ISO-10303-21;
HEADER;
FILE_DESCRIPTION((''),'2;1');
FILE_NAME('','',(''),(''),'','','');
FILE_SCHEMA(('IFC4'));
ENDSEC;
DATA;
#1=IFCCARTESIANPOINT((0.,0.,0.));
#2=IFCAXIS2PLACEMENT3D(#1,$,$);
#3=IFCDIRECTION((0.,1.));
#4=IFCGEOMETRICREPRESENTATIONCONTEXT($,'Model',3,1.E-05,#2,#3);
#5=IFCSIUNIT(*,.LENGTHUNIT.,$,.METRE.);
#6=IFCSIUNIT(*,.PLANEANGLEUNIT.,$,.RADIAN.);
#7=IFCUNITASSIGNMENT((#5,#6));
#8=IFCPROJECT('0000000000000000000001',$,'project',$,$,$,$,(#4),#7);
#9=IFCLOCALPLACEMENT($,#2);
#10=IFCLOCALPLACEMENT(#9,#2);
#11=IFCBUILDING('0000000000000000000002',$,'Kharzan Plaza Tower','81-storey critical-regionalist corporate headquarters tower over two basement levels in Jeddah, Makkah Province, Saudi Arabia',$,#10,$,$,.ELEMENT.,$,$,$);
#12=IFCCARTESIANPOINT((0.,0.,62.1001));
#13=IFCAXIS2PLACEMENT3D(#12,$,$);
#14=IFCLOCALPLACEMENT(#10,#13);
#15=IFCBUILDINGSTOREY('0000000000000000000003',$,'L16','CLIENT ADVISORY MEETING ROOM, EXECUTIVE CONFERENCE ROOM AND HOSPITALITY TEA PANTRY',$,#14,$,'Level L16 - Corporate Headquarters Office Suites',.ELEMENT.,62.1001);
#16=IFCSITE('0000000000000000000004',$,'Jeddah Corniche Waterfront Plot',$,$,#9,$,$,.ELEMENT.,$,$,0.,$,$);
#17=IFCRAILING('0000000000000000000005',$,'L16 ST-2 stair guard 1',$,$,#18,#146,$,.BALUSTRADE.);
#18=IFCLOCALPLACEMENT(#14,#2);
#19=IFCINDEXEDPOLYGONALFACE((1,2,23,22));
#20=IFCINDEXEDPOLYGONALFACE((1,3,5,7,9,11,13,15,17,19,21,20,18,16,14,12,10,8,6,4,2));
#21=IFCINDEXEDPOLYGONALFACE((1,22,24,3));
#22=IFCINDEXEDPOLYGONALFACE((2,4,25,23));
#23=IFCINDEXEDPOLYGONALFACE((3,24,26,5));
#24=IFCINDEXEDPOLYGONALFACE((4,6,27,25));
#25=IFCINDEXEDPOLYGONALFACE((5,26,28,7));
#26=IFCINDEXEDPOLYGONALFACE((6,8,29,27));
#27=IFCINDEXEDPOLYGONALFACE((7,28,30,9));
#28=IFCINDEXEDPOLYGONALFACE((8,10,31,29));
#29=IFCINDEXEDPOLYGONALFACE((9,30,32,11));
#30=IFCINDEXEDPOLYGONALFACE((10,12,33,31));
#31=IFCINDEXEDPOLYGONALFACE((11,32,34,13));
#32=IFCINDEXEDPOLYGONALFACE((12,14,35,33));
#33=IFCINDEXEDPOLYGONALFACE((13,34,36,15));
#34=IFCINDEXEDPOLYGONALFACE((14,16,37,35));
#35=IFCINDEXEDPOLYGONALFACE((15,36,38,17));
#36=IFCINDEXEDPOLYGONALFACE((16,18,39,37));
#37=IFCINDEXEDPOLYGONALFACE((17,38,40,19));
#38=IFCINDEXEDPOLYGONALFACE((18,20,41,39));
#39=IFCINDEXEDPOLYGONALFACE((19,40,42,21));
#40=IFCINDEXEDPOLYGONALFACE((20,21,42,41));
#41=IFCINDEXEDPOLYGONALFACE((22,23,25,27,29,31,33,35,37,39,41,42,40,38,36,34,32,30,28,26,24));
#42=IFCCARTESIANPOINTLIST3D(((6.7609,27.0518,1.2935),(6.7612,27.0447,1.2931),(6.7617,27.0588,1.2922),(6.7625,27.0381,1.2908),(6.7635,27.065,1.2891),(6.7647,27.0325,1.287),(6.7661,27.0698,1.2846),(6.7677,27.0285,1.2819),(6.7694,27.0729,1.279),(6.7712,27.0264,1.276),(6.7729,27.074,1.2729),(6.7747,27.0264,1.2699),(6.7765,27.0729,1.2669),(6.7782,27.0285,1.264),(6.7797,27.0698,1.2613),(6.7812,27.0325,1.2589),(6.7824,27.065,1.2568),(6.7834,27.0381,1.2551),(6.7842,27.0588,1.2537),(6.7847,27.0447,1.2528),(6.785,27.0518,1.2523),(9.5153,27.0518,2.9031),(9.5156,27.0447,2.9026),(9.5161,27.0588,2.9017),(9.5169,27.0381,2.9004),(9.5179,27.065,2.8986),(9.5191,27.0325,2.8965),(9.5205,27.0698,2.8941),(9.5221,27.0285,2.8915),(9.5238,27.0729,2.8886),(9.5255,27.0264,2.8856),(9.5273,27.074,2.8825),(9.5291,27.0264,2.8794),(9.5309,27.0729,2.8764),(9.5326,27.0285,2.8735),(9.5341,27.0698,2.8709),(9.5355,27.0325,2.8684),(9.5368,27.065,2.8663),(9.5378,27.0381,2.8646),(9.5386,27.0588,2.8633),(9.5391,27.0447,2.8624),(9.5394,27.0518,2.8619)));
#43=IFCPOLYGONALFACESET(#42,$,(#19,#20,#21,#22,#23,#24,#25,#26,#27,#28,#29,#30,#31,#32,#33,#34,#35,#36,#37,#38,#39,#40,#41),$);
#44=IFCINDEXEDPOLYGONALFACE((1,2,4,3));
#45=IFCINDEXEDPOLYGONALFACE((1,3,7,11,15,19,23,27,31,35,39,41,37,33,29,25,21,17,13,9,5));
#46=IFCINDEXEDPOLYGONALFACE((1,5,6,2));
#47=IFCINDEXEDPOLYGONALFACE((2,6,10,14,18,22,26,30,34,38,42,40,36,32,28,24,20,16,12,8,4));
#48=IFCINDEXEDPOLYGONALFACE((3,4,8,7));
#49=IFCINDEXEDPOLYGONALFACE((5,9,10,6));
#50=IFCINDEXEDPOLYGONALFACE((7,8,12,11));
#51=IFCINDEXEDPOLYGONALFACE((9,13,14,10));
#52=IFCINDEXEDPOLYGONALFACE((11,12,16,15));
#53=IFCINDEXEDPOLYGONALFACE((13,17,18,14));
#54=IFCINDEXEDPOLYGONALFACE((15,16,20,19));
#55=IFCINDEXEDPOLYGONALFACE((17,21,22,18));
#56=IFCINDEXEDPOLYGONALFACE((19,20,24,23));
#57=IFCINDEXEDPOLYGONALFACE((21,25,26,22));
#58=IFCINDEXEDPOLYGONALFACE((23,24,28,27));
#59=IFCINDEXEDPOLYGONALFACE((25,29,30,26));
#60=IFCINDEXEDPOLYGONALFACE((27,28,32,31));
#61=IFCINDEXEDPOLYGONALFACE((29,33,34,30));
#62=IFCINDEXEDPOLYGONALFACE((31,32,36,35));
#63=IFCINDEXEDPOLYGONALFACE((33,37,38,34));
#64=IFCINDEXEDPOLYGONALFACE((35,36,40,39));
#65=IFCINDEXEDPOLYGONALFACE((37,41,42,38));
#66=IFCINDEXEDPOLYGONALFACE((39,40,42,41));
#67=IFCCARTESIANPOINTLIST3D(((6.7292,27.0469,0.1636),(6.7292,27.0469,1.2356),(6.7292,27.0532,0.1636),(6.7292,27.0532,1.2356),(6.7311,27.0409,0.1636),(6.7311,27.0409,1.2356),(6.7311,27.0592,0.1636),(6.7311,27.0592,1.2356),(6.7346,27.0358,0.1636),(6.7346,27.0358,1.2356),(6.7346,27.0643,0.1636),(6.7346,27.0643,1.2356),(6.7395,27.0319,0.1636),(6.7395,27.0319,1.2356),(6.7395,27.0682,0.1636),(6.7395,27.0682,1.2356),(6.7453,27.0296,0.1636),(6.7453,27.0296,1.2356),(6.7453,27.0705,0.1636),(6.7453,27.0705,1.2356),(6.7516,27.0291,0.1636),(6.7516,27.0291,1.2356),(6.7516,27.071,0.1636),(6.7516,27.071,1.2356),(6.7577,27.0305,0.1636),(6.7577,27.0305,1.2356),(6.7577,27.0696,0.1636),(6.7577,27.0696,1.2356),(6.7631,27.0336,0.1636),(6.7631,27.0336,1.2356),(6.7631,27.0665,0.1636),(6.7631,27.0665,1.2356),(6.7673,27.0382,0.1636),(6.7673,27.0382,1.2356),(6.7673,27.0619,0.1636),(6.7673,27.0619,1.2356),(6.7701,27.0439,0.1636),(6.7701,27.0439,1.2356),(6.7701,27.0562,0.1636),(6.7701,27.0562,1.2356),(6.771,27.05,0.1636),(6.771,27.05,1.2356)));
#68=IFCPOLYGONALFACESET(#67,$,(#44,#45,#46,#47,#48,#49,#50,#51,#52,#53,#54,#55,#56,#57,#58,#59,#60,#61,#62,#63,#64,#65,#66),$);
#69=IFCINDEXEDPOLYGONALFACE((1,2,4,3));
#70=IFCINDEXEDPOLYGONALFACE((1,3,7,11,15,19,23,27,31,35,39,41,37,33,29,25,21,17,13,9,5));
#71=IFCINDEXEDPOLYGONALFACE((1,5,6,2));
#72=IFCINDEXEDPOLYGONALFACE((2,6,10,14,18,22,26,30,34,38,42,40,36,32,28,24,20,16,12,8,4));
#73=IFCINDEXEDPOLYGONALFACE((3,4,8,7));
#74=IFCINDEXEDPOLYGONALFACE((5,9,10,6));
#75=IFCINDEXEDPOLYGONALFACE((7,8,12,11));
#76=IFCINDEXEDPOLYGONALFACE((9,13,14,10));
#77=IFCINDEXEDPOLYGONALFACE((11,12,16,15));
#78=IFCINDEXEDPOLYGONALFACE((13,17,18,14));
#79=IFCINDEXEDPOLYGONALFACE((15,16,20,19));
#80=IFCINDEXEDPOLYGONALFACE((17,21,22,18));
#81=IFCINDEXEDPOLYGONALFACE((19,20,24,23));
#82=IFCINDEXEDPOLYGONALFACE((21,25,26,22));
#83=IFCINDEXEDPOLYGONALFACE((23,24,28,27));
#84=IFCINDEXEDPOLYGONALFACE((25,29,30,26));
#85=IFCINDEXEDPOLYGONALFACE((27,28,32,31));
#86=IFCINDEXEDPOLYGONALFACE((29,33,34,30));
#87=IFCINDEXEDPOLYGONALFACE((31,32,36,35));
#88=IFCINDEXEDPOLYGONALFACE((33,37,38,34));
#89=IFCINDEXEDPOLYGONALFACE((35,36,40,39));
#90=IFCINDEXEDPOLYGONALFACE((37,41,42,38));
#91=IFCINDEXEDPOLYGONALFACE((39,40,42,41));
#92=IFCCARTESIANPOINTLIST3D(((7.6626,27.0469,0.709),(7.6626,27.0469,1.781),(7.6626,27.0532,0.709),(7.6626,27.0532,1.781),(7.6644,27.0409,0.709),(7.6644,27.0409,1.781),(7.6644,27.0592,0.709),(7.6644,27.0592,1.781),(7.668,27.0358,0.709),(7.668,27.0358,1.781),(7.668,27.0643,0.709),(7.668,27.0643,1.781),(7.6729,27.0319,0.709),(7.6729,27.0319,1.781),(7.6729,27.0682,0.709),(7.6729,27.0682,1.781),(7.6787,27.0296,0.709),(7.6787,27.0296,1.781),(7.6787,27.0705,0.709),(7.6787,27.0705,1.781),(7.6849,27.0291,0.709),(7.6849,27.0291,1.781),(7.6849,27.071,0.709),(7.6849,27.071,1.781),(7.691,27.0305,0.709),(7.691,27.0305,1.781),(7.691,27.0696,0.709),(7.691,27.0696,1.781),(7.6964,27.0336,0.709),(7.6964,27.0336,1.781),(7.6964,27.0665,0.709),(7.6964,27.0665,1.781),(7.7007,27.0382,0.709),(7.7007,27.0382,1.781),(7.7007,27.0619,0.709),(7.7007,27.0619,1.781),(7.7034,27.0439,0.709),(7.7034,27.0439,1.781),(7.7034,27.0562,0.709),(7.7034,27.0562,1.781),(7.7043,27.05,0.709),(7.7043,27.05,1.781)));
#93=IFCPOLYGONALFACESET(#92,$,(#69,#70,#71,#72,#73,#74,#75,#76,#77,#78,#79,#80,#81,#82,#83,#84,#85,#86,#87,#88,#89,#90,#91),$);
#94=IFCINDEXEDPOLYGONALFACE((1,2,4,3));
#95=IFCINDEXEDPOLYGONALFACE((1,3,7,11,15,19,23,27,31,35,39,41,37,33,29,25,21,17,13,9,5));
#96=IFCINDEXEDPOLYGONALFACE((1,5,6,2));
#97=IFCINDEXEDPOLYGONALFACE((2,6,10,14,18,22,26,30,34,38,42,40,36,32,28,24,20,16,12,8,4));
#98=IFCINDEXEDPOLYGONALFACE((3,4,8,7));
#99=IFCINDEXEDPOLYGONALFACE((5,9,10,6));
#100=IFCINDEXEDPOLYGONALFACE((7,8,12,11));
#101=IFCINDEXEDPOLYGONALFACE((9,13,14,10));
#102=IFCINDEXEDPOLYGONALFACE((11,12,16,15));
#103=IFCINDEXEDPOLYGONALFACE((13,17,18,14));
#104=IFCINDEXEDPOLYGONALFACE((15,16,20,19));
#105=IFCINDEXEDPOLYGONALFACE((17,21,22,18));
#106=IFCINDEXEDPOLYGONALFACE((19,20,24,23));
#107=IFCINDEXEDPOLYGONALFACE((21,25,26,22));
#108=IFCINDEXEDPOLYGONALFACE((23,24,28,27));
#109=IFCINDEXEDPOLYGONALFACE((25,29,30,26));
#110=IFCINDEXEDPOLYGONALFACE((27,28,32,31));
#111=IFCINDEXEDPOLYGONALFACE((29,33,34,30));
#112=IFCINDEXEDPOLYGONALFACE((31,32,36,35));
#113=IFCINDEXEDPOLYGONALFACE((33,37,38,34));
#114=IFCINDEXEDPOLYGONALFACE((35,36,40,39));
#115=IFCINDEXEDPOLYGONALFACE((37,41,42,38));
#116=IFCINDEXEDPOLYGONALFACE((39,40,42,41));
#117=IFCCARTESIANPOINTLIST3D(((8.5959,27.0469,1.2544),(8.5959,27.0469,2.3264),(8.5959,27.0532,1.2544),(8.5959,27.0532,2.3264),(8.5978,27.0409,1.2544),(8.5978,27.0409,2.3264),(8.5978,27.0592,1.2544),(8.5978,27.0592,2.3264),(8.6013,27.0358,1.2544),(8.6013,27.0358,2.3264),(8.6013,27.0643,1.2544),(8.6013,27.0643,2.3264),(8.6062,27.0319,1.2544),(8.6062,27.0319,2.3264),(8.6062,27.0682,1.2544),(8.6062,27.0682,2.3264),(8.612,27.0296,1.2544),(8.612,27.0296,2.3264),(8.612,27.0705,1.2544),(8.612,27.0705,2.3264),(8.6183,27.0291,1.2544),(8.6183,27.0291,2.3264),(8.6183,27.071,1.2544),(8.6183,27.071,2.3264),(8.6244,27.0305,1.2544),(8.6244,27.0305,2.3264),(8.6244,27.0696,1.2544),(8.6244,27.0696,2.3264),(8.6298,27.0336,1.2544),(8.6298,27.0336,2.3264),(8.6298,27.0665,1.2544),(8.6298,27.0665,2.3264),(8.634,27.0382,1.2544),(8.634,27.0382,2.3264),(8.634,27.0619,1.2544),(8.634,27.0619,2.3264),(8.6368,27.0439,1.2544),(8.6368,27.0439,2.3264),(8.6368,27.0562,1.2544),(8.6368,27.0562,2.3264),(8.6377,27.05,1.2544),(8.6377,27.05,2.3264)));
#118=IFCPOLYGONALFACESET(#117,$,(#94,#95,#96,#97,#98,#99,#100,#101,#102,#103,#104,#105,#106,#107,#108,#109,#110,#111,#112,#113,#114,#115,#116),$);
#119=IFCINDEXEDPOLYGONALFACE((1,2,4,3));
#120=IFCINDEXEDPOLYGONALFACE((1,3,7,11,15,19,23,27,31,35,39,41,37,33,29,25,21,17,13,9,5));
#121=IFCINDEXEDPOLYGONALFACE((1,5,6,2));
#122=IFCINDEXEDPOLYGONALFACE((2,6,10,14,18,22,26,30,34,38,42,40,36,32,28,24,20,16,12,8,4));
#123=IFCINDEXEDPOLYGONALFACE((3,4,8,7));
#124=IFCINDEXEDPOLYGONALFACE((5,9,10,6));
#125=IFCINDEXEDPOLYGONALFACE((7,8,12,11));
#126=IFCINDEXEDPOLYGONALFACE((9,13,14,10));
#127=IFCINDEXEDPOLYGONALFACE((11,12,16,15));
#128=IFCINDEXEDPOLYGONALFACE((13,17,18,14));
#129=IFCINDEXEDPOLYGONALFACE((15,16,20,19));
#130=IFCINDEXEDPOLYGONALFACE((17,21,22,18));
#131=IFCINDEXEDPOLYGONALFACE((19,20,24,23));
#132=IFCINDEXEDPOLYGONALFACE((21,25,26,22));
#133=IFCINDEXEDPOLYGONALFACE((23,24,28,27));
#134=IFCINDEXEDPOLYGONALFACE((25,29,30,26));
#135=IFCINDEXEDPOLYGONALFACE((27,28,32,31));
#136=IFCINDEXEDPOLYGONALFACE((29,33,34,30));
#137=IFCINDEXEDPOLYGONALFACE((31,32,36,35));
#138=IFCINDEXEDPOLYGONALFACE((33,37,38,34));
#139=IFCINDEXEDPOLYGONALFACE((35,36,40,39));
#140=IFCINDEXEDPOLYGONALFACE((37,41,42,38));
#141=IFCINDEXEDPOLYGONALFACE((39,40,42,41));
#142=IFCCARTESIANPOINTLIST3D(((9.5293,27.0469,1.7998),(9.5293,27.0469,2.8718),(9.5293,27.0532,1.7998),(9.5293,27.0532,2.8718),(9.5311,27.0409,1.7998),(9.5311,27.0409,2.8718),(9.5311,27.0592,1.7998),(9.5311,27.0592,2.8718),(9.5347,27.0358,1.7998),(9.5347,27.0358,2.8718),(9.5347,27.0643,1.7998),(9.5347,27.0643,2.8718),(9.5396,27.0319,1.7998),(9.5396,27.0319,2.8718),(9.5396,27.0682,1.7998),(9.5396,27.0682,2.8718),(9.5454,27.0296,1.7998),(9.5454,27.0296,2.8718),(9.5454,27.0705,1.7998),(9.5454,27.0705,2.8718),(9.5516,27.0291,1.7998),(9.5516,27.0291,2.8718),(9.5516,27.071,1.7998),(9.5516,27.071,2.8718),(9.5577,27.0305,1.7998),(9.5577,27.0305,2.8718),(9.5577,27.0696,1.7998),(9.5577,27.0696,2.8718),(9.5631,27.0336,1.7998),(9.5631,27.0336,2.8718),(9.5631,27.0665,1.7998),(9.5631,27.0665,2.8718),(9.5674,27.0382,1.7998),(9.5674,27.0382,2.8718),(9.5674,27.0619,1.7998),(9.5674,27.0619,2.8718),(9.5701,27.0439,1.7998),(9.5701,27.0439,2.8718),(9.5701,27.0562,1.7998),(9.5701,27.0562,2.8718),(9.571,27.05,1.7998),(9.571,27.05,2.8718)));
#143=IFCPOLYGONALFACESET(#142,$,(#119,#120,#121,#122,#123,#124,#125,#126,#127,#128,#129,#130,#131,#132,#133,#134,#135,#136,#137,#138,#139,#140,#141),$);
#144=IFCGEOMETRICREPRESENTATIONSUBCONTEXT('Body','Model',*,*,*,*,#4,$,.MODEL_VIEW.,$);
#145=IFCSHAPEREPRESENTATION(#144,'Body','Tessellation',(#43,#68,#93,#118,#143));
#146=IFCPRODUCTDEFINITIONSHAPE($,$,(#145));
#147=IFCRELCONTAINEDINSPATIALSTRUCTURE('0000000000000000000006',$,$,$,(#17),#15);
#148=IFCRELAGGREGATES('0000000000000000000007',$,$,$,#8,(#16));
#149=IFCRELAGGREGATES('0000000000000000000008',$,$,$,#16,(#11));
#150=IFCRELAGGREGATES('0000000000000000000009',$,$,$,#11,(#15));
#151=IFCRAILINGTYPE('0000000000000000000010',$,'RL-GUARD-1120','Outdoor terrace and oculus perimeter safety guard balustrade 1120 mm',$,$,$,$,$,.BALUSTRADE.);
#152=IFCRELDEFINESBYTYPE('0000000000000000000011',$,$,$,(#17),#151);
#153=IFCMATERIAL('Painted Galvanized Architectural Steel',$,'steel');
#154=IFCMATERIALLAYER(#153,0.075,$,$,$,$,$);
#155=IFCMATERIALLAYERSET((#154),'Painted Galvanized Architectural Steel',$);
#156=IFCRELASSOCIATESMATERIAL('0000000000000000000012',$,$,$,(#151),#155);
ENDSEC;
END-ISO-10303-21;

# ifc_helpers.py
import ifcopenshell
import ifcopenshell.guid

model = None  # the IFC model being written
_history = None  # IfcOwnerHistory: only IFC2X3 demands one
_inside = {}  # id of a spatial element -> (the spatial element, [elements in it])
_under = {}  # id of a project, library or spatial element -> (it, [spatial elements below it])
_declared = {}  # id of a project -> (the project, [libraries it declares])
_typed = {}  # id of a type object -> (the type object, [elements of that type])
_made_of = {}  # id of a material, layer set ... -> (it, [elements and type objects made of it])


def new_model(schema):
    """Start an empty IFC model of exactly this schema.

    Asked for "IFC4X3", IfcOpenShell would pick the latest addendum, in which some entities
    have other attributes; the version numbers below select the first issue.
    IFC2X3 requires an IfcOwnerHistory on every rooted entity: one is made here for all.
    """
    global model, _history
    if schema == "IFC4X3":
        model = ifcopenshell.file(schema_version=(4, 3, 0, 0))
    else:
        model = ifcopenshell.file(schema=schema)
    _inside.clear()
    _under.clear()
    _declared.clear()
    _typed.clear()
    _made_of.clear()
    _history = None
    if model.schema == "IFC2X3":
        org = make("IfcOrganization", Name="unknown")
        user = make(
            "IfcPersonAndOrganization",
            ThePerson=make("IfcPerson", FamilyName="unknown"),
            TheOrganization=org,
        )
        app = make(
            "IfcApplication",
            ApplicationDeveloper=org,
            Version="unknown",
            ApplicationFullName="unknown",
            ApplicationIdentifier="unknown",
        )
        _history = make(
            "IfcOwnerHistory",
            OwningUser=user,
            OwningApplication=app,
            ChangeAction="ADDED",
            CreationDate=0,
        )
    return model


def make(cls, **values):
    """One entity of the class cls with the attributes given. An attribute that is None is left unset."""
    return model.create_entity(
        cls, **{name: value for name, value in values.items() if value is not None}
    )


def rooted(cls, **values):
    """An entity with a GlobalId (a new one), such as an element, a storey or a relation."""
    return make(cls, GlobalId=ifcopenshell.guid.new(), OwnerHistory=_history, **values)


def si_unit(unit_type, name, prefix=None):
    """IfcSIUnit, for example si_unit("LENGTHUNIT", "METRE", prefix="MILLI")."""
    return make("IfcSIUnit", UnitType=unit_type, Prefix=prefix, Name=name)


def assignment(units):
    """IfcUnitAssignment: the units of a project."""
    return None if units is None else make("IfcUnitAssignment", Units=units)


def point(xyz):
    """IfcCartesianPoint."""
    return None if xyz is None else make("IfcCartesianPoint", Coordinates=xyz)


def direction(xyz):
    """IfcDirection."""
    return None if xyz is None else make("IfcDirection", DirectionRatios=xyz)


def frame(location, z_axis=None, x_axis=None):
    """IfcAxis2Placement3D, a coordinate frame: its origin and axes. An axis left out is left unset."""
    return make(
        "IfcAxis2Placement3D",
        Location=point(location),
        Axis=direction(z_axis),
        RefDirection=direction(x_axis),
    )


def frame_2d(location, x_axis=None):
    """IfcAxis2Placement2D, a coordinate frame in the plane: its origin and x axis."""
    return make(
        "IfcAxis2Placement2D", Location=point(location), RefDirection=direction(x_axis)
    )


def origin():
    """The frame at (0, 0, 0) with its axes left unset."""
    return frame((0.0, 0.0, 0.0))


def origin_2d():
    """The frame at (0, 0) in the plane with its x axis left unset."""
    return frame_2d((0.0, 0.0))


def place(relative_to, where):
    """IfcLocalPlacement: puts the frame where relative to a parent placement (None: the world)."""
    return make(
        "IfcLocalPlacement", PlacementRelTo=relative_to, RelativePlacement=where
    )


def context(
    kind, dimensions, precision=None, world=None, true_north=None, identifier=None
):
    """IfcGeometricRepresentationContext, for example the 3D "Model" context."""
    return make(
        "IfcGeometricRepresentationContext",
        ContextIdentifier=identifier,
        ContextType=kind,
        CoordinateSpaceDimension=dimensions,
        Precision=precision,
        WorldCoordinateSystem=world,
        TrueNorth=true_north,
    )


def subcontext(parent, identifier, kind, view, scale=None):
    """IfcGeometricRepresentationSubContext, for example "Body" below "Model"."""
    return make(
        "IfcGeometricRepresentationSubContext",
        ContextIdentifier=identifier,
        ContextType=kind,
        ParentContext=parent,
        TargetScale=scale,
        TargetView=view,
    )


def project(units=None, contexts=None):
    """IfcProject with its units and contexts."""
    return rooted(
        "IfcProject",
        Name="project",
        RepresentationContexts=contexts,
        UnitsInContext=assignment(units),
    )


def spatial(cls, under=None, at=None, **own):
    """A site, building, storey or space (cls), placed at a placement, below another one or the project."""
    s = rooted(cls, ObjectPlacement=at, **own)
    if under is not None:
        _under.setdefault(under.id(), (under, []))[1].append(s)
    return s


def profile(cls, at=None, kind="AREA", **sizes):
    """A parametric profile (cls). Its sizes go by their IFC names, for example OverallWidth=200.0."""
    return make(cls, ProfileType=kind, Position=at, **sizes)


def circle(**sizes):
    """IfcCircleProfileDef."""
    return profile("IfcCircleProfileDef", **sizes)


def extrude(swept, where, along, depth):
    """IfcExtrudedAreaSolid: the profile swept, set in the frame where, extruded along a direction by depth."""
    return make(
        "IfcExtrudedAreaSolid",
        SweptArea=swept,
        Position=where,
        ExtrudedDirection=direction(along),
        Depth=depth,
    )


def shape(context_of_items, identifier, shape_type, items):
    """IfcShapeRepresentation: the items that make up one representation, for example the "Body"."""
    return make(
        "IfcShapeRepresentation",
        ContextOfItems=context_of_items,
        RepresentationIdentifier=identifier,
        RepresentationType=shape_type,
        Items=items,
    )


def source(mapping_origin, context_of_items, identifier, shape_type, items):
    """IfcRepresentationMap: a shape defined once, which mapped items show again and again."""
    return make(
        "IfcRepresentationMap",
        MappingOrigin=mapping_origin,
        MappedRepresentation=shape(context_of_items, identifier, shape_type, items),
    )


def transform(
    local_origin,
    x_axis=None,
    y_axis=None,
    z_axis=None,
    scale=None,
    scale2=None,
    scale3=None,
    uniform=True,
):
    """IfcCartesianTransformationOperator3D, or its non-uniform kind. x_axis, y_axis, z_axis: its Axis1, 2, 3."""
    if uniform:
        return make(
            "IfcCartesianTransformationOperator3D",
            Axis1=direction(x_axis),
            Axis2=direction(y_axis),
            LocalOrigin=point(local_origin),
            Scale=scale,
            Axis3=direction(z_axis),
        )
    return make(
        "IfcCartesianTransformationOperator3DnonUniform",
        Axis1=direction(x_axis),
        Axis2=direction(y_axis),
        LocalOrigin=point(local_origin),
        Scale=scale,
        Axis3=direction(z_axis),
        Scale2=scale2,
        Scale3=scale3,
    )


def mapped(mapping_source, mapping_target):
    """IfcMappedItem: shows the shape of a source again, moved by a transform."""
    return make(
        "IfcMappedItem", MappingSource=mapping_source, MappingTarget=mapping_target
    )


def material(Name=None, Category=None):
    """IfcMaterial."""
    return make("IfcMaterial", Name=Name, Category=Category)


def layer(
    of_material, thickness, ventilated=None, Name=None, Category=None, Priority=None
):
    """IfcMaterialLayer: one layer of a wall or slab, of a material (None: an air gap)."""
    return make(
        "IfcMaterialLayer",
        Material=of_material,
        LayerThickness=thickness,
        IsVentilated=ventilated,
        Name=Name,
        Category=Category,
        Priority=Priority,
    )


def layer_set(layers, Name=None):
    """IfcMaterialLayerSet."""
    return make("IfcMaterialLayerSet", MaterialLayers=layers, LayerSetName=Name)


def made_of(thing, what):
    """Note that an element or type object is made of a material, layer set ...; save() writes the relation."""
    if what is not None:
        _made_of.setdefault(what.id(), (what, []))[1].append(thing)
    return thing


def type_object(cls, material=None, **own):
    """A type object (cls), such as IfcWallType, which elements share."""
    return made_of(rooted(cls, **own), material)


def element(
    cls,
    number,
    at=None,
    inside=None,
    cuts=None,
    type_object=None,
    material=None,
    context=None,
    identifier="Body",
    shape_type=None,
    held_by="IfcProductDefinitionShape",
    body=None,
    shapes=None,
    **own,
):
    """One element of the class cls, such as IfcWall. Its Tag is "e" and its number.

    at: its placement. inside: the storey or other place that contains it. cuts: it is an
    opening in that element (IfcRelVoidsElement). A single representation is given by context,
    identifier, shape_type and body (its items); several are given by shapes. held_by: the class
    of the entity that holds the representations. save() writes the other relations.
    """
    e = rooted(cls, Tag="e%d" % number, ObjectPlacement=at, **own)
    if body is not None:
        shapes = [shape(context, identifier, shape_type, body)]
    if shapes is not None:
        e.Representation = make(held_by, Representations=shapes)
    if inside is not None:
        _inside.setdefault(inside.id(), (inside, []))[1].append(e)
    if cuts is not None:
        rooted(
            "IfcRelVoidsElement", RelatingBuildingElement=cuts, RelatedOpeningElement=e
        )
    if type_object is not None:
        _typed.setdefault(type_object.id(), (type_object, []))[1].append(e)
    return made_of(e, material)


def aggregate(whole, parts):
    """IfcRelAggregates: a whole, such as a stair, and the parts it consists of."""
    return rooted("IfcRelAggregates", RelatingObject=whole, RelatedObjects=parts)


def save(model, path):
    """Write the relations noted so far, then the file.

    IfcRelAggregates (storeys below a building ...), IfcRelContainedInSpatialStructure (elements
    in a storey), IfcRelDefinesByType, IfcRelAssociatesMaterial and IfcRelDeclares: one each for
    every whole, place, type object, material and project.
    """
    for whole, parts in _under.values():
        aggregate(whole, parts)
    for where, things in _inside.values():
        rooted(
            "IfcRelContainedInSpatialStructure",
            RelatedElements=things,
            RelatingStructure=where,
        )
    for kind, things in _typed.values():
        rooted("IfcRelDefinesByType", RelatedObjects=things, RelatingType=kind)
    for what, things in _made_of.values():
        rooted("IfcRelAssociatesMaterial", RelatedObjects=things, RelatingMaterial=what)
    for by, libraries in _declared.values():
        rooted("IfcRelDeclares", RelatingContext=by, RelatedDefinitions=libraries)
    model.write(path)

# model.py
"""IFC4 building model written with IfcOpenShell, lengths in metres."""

from ifc_helpers import new_model, si_unit, direction, frame, origin, origin_2d, place, context, subcontext, project, spatial, circle, extrude, source, transform, mapped, material, layer, layer_set, type_object, element, save


model = new_model("IFC4")

# Units and contexts
model_context = context("Model", 3, precision=1e-05, world=origin(), true_north=direction((0.0, 1.0)))
body_context = subcontext(model_context, "Body", "Model", "MODEL_VIEW")
ifc_project = project(units=[si_unit("LENGTHUNIT", "METRE"), si_unit("PLANEANGLEUNIT", "RADIAN")], contexts=[model_context])

# Site, building, storey
site_placement = place(None, origin())
site = spatial("IfcSite", under=ifc_project, at=site_placement, Name="Jeddah Corniche Waterfront Plot", CompositionType="ELEMENT", RefElevation=0.0)
building_placement = place(site_placement, origin())
building = spatial("IfcBuilding", under=site, at=building_placement, Name="Kharzan Plaza Tower", Description="81-storey critical-regionalist corporate headquarters tower over two basement levels in Jeddah, Makkah Province, Saudi Arabia", CompositionType="ELEMENT")
storey_placement = place(building_placement, frame((0.0, 0.0, 62.1001)))
storey = spatial("IfcBuildingStorey", under=building, at=storey_placement, Name="L16", Description="CLIENT ADVISORY MEETING ROOM, EXECUTIVE CONFERENCE ROOM AND HOSPITALITY TEA PANTRY", LongName="Level L16 - Corporate Headquarters Office Suites", CompositionType="ELEMENT", Elevation=62.1001)

# Railing
ifc_material_1 = material(Name="Painted Galvanized Architectural Steel", Category="steel")
ifc_layer_1 = layer(ifc_material_1, 0.075)
ifc_layer_set_1 = layer_set([ifc_layer_1], Name="Painted Galvanized Architectural Steel")
railing_type_1 = type_object("IfcRailingType", Name="RL-GUARD-1120", Description="Outdoor terrace and oculus perimeter safety guard balustrade 1120 mm", PredefinedType="BALUSTRADE", material=ifc_layer_set_1)
shared_shape_1 = source(origin(), body_context, "Body", "SweptSolid", [
    extrude(circle(Radius=0.0239, at=origin_2d()), frame((0.0229, 0.0, 1.1094), z_axis=(0.863394, 0.0, 0.504531), x_axis=(0.0, 1.0, 0.0)), (0.0, 0.0, 1.0), 3.1902),
    extrude(circle(Radius=0.021, at=origin_2d()), origin(), (0.0, 0.0, 1.0), 1.072),
    extrude(circle(Radius=0.021, at=origin_2d()), frame((0.9333, 0.0, 0.5454)), (0.0, 0.0, 1.0), 1.072),
    extrude(circle(Radius=0.021, at=origin_2d()), frame((1.8667, 0.0, 1.0908)), (0.0, 0.0, 1.0), 1.072),
    extrude(circle(Radius=0.021, at=origin_2d()), frame((2.8, 0.0, 1.6362)), (0.0, 0.0, 1.0), 1.072),
])
railing_1_placement = place(storey_placement, frame((6.75, 27.05, 0.1636)))
element("IfcRailing", 1, at=railing_1_placement, inside=storey, type_object=railing_type_1, Name="L16 ST-2 stair guard 1", PredefinedType="BALUSTRADE", context=body_context, shape_type="MappedRepresentation", body=[
    mapped(shared_shape_1, transform((0.0, 0.0, 0.0), x_axis=(1.0, 0.0, 0.0), y_axis=(0.0, 1.0, 0.0), z_axis=(0.0, 0.0, 1.0))),
])

save(model, "model.ifc")
